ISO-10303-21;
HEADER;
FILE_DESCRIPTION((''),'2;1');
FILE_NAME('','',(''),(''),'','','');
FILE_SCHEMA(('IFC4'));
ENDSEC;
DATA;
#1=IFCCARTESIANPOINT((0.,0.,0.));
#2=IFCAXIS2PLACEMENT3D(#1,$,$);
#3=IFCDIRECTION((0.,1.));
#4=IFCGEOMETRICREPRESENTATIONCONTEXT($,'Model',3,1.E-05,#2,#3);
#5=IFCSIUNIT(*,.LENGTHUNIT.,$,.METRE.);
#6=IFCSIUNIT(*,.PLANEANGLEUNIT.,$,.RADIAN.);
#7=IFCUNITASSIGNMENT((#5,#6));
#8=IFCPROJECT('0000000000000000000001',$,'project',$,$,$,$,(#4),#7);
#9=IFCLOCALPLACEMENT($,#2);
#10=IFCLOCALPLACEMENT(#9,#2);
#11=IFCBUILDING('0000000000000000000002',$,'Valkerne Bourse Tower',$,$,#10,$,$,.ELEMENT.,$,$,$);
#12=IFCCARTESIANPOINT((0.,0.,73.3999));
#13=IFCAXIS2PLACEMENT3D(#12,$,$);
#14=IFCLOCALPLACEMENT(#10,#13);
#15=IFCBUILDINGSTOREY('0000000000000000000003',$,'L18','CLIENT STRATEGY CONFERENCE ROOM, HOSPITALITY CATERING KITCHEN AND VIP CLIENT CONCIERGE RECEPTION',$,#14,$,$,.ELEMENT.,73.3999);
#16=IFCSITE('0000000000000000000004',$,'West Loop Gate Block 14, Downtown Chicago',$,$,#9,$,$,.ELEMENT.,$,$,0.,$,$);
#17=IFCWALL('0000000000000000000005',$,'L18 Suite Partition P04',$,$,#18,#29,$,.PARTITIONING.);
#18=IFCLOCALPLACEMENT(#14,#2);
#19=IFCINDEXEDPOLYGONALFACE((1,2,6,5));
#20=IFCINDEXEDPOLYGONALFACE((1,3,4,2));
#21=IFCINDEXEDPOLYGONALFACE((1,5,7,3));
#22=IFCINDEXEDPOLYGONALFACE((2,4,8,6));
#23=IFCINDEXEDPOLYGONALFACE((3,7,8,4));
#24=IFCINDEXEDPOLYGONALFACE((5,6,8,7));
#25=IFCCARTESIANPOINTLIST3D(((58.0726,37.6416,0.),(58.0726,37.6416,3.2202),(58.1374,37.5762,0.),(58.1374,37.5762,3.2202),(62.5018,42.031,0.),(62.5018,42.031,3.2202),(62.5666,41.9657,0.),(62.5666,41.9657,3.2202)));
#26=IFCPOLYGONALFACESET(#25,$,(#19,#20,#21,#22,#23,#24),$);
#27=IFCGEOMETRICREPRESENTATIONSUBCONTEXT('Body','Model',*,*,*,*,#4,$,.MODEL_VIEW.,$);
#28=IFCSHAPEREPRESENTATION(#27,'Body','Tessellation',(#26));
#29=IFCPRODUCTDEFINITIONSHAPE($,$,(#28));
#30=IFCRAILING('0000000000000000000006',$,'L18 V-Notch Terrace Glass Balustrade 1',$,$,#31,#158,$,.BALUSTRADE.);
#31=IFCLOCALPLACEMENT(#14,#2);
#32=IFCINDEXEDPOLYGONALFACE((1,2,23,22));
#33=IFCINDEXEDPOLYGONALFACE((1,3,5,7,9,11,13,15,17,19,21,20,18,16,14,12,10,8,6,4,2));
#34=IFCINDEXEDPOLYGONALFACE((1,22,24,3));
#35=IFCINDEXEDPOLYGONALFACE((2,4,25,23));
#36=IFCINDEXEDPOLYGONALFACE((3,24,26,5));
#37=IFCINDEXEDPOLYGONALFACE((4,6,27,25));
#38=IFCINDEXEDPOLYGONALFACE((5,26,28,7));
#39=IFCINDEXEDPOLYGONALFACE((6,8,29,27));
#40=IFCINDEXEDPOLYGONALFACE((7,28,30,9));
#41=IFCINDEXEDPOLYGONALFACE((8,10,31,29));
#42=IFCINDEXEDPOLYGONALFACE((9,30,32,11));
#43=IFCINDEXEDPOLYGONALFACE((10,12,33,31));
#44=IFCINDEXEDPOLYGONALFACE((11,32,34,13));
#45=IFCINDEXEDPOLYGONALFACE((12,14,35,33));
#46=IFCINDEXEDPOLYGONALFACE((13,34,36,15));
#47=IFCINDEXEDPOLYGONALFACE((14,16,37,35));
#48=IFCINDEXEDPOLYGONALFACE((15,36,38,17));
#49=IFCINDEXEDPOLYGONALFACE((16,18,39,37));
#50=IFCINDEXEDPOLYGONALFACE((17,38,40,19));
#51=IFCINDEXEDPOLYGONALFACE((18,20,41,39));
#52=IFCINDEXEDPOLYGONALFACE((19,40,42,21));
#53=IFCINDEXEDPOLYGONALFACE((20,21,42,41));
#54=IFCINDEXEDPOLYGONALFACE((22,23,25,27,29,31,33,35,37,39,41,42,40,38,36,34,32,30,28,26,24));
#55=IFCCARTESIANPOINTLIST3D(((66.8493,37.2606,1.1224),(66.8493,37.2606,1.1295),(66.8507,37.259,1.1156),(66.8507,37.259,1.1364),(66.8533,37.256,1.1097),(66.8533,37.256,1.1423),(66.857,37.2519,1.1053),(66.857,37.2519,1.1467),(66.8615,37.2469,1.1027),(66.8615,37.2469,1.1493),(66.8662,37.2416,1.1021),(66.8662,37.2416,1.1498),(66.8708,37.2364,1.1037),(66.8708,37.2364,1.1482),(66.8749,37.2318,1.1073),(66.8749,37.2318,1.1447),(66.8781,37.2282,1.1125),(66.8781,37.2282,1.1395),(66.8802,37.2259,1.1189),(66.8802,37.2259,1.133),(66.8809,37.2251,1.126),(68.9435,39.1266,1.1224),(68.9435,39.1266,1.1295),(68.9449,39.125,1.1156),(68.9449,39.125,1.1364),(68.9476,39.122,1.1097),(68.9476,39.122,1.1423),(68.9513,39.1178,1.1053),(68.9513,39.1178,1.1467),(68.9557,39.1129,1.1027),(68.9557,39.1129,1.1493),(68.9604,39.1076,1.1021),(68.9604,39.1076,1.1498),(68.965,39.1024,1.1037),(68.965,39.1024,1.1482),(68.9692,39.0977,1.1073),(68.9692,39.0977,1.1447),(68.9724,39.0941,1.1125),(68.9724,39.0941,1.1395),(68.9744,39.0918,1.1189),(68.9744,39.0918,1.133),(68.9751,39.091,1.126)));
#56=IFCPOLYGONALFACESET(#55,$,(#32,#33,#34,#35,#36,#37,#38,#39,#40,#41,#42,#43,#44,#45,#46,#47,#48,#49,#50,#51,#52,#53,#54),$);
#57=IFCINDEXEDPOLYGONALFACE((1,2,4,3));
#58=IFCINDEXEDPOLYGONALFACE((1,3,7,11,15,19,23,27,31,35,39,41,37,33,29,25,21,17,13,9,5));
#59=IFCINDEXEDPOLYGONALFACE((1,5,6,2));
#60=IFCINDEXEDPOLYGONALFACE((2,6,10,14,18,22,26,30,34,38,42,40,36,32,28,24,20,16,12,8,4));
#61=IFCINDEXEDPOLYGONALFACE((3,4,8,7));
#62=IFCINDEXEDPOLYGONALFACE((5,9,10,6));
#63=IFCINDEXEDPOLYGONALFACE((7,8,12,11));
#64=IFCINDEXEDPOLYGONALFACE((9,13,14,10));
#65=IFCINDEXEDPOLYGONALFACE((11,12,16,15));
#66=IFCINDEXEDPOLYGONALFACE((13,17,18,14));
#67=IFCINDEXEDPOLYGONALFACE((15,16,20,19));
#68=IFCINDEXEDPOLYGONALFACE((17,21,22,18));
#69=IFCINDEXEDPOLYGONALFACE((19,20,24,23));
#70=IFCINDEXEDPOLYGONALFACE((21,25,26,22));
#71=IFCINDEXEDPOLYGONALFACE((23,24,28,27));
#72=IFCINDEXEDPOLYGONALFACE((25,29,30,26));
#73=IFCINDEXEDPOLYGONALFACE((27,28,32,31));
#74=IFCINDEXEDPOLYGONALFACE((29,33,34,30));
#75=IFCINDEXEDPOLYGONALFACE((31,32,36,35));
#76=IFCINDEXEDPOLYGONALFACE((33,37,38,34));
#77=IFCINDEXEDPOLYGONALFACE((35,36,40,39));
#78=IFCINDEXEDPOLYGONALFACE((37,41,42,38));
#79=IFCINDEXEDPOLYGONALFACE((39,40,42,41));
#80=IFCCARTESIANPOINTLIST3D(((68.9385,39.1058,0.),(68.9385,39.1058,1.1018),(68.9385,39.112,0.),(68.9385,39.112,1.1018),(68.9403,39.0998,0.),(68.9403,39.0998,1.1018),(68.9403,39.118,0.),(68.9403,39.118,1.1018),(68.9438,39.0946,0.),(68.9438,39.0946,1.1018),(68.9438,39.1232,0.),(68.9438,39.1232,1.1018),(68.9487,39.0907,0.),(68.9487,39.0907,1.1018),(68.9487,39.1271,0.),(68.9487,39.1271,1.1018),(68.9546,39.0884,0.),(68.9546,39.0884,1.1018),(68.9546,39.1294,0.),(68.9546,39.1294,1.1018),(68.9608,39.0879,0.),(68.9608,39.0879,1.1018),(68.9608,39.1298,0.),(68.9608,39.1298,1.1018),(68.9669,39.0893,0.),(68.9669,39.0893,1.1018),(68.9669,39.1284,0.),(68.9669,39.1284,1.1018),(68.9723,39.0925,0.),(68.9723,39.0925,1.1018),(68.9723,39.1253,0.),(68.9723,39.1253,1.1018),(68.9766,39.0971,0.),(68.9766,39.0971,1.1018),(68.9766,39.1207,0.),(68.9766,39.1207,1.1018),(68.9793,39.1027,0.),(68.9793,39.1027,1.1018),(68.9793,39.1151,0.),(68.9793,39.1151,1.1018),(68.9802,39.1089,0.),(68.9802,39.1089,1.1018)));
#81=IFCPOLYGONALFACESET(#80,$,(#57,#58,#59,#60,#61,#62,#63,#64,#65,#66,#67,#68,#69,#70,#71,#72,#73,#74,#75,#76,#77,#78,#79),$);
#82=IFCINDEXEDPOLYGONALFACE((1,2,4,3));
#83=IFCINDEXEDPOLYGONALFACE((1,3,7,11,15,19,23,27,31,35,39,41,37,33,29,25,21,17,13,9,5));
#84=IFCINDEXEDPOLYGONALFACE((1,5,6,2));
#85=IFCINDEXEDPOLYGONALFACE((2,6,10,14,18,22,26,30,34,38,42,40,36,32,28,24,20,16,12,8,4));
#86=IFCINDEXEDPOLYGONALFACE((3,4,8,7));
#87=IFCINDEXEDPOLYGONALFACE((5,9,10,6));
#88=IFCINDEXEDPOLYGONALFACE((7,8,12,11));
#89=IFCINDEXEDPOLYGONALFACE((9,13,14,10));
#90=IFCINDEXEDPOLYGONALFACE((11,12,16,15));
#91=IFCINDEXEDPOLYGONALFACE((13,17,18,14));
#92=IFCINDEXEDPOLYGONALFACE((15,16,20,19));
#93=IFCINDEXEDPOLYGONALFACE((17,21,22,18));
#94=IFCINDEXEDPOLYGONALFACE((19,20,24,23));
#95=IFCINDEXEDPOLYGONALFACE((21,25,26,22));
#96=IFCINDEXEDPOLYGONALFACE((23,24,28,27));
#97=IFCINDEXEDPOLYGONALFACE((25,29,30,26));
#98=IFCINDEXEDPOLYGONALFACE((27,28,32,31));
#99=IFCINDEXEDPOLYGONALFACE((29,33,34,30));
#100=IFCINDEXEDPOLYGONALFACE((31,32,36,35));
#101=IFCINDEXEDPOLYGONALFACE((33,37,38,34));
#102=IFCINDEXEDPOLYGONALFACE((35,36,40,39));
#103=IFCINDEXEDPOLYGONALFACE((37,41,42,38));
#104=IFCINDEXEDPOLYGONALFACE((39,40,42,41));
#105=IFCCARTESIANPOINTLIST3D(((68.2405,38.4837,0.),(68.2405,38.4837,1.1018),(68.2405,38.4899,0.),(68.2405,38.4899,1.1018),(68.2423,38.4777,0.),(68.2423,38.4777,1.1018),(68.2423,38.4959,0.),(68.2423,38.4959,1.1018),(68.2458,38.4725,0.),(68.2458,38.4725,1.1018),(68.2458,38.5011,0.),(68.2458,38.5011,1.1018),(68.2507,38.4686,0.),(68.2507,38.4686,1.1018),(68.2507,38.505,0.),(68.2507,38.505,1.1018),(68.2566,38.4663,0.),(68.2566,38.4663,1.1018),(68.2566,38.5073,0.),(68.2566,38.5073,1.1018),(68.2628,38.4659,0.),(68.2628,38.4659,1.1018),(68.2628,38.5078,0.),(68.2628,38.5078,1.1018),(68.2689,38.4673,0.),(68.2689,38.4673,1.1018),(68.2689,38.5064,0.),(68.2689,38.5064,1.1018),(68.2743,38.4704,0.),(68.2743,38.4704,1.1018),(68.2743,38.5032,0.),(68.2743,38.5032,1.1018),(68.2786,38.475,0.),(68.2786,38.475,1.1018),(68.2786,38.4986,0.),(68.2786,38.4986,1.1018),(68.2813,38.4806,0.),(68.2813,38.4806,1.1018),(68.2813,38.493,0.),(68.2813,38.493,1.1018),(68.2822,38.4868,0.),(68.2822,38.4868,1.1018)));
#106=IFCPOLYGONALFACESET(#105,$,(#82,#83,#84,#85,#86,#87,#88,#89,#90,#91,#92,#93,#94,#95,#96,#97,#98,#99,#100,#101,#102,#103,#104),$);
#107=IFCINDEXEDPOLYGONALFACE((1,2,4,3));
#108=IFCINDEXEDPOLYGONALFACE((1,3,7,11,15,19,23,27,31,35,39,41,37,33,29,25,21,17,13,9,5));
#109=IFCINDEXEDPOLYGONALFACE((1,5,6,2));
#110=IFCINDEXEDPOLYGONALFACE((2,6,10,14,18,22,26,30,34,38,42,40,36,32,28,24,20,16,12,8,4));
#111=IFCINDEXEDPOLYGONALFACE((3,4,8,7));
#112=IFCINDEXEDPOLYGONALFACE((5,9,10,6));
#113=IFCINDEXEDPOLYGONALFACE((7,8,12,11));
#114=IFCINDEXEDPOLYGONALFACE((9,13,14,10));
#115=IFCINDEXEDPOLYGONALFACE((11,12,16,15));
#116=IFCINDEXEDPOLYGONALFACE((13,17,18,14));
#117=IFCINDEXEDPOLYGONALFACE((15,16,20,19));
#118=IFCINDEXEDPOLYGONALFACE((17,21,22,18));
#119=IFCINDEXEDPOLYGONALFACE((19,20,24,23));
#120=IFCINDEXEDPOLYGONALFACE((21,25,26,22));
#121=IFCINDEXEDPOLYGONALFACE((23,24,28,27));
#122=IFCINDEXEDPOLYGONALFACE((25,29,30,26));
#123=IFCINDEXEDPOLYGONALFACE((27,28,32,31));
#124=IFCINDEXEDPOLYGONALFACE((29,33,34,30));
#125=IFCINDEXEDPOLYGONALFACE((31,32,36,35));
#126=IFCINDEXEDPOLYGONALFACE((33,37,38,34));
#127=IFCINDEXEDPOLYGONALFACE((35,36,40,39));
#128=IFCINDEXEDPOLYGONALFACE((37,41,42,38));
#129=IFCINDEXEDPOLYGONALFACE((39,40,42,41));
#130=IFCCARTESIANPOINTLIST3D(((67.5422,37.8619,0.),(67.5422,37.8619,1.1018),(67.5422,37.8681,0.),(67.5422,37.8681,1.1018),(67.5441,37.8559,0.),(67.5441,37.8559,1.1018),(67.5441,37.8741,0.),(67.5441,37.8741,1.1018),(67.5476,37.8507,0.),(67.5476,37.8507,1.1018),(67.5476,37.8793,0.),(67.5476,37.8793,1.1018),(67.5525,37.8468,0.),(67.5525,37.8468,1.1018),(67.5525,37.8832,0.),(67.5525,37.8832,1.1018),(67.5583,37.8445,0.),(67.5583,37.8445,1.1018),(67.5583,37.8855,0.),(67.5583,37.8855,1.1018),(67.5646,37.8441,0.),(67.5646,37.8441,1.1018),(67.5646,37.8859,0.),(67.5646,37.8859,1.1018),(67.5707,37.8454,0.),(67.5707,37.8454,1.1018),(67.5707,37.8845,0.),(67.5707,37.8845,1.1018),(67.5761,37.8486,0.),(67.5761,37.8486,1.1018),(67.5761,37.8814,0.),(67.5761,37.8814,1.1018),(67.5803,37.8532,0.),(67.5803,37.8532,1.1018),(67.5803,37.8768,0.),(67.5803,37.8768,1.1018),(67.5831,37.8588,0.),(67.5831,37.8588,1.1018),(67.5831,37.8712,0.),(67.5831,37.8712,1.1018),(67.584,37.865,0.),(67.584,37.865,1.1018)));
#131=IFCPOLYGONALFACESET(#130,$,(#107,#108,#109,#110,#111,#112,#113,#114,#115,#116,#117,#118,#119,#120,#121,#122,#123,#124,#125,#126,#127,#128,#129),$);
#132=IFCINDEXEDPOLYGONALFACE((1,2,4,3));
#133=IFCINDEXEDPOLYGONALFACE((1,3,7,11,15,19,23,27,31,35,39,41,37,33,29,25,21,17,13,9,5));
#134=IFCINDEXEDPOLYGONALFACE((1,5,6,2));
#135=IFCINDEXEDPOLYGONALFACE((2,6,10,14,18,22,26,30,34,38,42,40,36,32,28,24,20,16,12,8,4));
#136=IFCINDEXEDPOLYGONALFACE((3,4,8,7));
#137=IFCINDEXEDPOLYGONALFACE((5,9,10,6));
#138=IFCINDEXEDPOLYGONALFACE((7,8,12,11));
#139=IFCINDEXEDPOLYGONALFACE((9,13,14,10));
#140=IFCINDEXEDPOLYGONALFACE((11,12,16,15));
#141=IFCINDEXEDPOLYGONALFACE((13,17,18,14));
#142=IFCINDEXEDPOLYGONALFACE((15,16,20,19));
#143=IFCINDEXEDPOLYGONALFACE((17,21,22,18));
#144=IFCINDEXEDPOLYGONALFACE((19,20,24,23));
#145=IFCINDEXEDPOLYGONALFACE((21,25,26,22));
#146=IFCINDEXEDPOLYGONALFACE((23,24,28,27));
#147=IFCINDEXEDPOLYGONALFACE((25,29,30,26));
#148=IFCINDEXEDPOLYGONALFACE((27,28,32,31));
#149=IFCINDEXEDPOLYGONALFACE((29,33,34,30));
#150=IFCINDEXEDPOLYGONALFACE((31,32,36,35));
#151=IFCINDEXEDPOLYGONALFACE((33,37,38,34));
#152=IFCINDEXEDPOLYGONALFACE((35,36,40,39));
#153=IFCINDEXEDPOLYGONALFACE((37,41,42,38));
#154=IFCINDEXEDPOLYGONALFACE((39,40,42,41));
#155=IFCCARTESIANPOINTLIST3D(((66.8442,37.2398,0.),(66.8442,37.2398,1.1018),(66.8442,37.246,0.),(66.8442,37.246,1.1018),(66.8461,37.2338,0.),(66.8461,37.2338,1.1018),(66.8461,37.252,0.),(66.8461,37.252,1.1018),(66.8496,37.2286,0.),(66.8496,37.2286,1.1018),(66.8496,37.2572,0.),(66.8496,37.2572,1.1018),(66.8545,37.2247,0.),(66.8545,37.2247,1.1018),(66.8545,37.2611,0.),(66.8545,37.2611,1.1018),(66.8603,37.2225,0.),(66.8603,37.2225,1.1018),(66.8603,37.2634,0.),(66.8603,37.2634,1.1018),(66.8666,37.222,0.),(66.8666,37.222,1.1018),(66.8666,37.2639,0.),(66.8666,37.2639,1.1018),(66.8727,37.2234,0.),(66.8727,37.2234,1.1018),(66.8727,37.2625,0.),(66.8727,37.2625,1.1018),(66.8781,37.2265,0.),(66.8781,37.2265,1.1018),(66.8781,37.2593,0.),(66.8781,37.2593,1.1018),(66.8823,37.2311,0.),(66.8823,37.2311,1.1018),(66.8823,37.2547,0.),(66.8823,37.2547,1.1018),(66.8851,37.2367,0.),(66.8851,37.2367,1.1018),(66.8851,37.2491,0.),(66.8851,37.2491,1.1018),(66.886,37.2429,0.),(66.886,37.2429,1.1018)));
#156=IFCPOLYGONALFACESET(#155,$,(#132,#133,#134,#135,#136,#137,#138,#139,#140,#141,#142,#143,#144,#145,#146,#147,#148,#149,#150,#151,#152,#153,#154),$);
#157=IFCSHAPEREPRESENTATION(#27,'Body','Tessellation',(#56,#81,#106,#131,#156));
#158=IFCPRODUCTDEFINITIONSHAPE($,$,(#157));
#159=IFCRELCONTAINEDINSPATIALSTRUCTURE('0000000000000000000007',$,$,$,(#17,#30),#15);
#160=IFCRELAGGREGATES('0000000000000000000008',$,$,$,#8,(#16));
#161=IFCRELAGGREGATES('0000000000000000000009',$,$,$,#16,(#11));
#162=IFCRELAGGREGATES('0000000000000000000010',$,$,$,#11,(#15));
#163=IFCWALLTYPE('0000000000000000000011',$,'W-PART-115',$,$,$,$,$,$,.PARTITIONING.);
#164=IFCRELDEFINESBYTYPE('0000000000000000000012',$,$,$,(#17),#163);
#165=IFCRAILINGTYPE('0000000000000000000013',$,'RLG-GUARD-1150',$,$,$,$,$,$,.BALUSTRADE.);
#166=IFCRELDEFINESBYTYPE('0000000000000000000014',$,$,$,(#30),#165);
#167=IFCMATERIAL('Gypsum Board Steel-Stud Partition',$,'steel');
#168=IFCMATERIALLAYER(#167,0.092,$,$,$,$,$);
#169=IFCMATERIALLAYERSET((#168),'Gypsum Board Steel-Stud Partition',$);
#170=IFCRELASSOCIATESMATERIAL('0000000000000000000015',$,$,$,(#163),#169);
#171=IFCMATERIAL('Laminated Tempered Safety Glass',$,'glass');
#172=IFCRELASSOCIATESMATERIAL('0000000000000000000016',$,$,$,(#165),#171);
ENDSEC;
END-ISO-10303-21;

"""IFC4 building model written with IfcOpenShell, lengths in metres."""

from ifc_helpers import new_model, si_unit, direction, frame, frame_2d, origin, origin_2d, place, context, subcontext, project, spatial, rectangle, circle, extrude, material, layer, layer_set, type_object, element, save


model = new_model("IFC4")

# Units and contexts
model_context = context("Model", 3, precision=1e-05, world=origin(), true_north=direction((0.0, 1.0)))
body_context = subcontext(model_context, "Body", "Model", "MODEL_VIEW")
ifc_project = project(units=[si_unit("LENGTHUNIT", "METRE"), si_unit("PLANEANGLEUNIT", "RADIAN")], contexts=[model_context])

# Site, building, storey
site_placement = place(None, origin())
site = spatial("IfcSite", under=ifc_project, at=site_placement, Name="West Loop Gate Block 14, Downtown Chicago", CompositionType="ELEMENT", RefElevation=0.0)
building_placement = place(site_placement, origin())
building = spatial("IfcBuilding", under=site, at=building_placement, Name="Valkerne Bourse Tower", CompositionType="ELEMENT")
storey_placement = place(building_placement, frame((0.0, 0.0, 73.3999)))
storey = spatial("IfcBuildingStorey", under=building, at=storey_placement, Name="L18", Description="CLIENT STRATEGY CONFERENCE ROOM, HOSPITALITY CATERING KITCHEN AND VIP CLIENT CONCIERGE RECEPTION", CompositionType="ELEMENT", Elevation=73.3999)

# Wall
ifc_material_1 = material(Name="Gypsum Board Steel-Stud Partition", Category="steel")
ifc_layer_1 = layer(ifc_material_1, 0.092)
ifc_layer_set_1 = layer_set([ifc_layer_1], Name="Gypsum Board Steel-Stud Partition")
wall_type_1 = type_object("IfcWallType", Name="W-PART-115", PredefinedType="PARTITIONING", material=ifc_layer_set_1)
wall_1_placement = place(storey_placement, frame((58.105, 37.6089, 0.0), z_axis=(0.0, 0.0, 1.0), x_axis=(0.71029, 0.703909, 0.0)))
element("IfcWall", 1, at=wall_1_placement, inside=storey, type_object=wall_type_1, Name="L18 Suite Partition P04", PredefinedType="PARTITIONING", context=body_context, shape_type="SweptSolid", body=[
    extrude(rectangle(XDim=6.2358, YDim=0.092, at=frame_2d((3.1179, 0.0))), origin(), (0.0, 0.0, 1.0), 3.2202),
])

# Railing
ifc_material_2 = material(Name="Laminated Tempered Safety Glass", Category="glass")
railing_type = type_object("IfcRailingType", Name="RLG-GUARD-1150", PredefinedType="BALUSTRADE", material=ifc_material_2)
railing_1_placement = place(storey_placement, frame((68.9592, 39.1089, 0.0)))
element("IfcRailing", 2, at=railing_1_placement, inside=storey, type_object=railing_type, Name="L18 V-Notch Terrace Glass Balustrade 1", PredefinedType="BALUSTRADE", context=body_context, shape_type="SweptSolid", body=[
    extrude(circle(Radius=0.0239, at=origin_2d()), frame((0.0, 0.0, 1.126), z_axis=(-0.746626, -0.665244, 0.0), x_axis=(0.665244, -0.746626, 0.0)), (0.0, 0.0, 1.0), 2.8049),
    extrude(circle(Radius=0.021, at=origin_2d()), origin(), (0.0, 0.0, 1.0), 1.1018),
    extrude(circle(Radius=0.021, at=origin_2d()), frame((-0.698, -0.6221, 0.0)), (0.0, 0.0, 1.0), 1.1018),
    extrude(circle(Radius=0.021, at=origin_2d()), frame((-1.3962, -1.2439, 0.0)), (0.0, 0.0, 1.0), 1.1018),
    extrude(circle(Radius=0.021, at=origin_2d()), frame((-2.0942, -1.866, 0.0)), (0.0, 0.0, 1.0), 1.1018),
])

save(model, "model.ifc")
